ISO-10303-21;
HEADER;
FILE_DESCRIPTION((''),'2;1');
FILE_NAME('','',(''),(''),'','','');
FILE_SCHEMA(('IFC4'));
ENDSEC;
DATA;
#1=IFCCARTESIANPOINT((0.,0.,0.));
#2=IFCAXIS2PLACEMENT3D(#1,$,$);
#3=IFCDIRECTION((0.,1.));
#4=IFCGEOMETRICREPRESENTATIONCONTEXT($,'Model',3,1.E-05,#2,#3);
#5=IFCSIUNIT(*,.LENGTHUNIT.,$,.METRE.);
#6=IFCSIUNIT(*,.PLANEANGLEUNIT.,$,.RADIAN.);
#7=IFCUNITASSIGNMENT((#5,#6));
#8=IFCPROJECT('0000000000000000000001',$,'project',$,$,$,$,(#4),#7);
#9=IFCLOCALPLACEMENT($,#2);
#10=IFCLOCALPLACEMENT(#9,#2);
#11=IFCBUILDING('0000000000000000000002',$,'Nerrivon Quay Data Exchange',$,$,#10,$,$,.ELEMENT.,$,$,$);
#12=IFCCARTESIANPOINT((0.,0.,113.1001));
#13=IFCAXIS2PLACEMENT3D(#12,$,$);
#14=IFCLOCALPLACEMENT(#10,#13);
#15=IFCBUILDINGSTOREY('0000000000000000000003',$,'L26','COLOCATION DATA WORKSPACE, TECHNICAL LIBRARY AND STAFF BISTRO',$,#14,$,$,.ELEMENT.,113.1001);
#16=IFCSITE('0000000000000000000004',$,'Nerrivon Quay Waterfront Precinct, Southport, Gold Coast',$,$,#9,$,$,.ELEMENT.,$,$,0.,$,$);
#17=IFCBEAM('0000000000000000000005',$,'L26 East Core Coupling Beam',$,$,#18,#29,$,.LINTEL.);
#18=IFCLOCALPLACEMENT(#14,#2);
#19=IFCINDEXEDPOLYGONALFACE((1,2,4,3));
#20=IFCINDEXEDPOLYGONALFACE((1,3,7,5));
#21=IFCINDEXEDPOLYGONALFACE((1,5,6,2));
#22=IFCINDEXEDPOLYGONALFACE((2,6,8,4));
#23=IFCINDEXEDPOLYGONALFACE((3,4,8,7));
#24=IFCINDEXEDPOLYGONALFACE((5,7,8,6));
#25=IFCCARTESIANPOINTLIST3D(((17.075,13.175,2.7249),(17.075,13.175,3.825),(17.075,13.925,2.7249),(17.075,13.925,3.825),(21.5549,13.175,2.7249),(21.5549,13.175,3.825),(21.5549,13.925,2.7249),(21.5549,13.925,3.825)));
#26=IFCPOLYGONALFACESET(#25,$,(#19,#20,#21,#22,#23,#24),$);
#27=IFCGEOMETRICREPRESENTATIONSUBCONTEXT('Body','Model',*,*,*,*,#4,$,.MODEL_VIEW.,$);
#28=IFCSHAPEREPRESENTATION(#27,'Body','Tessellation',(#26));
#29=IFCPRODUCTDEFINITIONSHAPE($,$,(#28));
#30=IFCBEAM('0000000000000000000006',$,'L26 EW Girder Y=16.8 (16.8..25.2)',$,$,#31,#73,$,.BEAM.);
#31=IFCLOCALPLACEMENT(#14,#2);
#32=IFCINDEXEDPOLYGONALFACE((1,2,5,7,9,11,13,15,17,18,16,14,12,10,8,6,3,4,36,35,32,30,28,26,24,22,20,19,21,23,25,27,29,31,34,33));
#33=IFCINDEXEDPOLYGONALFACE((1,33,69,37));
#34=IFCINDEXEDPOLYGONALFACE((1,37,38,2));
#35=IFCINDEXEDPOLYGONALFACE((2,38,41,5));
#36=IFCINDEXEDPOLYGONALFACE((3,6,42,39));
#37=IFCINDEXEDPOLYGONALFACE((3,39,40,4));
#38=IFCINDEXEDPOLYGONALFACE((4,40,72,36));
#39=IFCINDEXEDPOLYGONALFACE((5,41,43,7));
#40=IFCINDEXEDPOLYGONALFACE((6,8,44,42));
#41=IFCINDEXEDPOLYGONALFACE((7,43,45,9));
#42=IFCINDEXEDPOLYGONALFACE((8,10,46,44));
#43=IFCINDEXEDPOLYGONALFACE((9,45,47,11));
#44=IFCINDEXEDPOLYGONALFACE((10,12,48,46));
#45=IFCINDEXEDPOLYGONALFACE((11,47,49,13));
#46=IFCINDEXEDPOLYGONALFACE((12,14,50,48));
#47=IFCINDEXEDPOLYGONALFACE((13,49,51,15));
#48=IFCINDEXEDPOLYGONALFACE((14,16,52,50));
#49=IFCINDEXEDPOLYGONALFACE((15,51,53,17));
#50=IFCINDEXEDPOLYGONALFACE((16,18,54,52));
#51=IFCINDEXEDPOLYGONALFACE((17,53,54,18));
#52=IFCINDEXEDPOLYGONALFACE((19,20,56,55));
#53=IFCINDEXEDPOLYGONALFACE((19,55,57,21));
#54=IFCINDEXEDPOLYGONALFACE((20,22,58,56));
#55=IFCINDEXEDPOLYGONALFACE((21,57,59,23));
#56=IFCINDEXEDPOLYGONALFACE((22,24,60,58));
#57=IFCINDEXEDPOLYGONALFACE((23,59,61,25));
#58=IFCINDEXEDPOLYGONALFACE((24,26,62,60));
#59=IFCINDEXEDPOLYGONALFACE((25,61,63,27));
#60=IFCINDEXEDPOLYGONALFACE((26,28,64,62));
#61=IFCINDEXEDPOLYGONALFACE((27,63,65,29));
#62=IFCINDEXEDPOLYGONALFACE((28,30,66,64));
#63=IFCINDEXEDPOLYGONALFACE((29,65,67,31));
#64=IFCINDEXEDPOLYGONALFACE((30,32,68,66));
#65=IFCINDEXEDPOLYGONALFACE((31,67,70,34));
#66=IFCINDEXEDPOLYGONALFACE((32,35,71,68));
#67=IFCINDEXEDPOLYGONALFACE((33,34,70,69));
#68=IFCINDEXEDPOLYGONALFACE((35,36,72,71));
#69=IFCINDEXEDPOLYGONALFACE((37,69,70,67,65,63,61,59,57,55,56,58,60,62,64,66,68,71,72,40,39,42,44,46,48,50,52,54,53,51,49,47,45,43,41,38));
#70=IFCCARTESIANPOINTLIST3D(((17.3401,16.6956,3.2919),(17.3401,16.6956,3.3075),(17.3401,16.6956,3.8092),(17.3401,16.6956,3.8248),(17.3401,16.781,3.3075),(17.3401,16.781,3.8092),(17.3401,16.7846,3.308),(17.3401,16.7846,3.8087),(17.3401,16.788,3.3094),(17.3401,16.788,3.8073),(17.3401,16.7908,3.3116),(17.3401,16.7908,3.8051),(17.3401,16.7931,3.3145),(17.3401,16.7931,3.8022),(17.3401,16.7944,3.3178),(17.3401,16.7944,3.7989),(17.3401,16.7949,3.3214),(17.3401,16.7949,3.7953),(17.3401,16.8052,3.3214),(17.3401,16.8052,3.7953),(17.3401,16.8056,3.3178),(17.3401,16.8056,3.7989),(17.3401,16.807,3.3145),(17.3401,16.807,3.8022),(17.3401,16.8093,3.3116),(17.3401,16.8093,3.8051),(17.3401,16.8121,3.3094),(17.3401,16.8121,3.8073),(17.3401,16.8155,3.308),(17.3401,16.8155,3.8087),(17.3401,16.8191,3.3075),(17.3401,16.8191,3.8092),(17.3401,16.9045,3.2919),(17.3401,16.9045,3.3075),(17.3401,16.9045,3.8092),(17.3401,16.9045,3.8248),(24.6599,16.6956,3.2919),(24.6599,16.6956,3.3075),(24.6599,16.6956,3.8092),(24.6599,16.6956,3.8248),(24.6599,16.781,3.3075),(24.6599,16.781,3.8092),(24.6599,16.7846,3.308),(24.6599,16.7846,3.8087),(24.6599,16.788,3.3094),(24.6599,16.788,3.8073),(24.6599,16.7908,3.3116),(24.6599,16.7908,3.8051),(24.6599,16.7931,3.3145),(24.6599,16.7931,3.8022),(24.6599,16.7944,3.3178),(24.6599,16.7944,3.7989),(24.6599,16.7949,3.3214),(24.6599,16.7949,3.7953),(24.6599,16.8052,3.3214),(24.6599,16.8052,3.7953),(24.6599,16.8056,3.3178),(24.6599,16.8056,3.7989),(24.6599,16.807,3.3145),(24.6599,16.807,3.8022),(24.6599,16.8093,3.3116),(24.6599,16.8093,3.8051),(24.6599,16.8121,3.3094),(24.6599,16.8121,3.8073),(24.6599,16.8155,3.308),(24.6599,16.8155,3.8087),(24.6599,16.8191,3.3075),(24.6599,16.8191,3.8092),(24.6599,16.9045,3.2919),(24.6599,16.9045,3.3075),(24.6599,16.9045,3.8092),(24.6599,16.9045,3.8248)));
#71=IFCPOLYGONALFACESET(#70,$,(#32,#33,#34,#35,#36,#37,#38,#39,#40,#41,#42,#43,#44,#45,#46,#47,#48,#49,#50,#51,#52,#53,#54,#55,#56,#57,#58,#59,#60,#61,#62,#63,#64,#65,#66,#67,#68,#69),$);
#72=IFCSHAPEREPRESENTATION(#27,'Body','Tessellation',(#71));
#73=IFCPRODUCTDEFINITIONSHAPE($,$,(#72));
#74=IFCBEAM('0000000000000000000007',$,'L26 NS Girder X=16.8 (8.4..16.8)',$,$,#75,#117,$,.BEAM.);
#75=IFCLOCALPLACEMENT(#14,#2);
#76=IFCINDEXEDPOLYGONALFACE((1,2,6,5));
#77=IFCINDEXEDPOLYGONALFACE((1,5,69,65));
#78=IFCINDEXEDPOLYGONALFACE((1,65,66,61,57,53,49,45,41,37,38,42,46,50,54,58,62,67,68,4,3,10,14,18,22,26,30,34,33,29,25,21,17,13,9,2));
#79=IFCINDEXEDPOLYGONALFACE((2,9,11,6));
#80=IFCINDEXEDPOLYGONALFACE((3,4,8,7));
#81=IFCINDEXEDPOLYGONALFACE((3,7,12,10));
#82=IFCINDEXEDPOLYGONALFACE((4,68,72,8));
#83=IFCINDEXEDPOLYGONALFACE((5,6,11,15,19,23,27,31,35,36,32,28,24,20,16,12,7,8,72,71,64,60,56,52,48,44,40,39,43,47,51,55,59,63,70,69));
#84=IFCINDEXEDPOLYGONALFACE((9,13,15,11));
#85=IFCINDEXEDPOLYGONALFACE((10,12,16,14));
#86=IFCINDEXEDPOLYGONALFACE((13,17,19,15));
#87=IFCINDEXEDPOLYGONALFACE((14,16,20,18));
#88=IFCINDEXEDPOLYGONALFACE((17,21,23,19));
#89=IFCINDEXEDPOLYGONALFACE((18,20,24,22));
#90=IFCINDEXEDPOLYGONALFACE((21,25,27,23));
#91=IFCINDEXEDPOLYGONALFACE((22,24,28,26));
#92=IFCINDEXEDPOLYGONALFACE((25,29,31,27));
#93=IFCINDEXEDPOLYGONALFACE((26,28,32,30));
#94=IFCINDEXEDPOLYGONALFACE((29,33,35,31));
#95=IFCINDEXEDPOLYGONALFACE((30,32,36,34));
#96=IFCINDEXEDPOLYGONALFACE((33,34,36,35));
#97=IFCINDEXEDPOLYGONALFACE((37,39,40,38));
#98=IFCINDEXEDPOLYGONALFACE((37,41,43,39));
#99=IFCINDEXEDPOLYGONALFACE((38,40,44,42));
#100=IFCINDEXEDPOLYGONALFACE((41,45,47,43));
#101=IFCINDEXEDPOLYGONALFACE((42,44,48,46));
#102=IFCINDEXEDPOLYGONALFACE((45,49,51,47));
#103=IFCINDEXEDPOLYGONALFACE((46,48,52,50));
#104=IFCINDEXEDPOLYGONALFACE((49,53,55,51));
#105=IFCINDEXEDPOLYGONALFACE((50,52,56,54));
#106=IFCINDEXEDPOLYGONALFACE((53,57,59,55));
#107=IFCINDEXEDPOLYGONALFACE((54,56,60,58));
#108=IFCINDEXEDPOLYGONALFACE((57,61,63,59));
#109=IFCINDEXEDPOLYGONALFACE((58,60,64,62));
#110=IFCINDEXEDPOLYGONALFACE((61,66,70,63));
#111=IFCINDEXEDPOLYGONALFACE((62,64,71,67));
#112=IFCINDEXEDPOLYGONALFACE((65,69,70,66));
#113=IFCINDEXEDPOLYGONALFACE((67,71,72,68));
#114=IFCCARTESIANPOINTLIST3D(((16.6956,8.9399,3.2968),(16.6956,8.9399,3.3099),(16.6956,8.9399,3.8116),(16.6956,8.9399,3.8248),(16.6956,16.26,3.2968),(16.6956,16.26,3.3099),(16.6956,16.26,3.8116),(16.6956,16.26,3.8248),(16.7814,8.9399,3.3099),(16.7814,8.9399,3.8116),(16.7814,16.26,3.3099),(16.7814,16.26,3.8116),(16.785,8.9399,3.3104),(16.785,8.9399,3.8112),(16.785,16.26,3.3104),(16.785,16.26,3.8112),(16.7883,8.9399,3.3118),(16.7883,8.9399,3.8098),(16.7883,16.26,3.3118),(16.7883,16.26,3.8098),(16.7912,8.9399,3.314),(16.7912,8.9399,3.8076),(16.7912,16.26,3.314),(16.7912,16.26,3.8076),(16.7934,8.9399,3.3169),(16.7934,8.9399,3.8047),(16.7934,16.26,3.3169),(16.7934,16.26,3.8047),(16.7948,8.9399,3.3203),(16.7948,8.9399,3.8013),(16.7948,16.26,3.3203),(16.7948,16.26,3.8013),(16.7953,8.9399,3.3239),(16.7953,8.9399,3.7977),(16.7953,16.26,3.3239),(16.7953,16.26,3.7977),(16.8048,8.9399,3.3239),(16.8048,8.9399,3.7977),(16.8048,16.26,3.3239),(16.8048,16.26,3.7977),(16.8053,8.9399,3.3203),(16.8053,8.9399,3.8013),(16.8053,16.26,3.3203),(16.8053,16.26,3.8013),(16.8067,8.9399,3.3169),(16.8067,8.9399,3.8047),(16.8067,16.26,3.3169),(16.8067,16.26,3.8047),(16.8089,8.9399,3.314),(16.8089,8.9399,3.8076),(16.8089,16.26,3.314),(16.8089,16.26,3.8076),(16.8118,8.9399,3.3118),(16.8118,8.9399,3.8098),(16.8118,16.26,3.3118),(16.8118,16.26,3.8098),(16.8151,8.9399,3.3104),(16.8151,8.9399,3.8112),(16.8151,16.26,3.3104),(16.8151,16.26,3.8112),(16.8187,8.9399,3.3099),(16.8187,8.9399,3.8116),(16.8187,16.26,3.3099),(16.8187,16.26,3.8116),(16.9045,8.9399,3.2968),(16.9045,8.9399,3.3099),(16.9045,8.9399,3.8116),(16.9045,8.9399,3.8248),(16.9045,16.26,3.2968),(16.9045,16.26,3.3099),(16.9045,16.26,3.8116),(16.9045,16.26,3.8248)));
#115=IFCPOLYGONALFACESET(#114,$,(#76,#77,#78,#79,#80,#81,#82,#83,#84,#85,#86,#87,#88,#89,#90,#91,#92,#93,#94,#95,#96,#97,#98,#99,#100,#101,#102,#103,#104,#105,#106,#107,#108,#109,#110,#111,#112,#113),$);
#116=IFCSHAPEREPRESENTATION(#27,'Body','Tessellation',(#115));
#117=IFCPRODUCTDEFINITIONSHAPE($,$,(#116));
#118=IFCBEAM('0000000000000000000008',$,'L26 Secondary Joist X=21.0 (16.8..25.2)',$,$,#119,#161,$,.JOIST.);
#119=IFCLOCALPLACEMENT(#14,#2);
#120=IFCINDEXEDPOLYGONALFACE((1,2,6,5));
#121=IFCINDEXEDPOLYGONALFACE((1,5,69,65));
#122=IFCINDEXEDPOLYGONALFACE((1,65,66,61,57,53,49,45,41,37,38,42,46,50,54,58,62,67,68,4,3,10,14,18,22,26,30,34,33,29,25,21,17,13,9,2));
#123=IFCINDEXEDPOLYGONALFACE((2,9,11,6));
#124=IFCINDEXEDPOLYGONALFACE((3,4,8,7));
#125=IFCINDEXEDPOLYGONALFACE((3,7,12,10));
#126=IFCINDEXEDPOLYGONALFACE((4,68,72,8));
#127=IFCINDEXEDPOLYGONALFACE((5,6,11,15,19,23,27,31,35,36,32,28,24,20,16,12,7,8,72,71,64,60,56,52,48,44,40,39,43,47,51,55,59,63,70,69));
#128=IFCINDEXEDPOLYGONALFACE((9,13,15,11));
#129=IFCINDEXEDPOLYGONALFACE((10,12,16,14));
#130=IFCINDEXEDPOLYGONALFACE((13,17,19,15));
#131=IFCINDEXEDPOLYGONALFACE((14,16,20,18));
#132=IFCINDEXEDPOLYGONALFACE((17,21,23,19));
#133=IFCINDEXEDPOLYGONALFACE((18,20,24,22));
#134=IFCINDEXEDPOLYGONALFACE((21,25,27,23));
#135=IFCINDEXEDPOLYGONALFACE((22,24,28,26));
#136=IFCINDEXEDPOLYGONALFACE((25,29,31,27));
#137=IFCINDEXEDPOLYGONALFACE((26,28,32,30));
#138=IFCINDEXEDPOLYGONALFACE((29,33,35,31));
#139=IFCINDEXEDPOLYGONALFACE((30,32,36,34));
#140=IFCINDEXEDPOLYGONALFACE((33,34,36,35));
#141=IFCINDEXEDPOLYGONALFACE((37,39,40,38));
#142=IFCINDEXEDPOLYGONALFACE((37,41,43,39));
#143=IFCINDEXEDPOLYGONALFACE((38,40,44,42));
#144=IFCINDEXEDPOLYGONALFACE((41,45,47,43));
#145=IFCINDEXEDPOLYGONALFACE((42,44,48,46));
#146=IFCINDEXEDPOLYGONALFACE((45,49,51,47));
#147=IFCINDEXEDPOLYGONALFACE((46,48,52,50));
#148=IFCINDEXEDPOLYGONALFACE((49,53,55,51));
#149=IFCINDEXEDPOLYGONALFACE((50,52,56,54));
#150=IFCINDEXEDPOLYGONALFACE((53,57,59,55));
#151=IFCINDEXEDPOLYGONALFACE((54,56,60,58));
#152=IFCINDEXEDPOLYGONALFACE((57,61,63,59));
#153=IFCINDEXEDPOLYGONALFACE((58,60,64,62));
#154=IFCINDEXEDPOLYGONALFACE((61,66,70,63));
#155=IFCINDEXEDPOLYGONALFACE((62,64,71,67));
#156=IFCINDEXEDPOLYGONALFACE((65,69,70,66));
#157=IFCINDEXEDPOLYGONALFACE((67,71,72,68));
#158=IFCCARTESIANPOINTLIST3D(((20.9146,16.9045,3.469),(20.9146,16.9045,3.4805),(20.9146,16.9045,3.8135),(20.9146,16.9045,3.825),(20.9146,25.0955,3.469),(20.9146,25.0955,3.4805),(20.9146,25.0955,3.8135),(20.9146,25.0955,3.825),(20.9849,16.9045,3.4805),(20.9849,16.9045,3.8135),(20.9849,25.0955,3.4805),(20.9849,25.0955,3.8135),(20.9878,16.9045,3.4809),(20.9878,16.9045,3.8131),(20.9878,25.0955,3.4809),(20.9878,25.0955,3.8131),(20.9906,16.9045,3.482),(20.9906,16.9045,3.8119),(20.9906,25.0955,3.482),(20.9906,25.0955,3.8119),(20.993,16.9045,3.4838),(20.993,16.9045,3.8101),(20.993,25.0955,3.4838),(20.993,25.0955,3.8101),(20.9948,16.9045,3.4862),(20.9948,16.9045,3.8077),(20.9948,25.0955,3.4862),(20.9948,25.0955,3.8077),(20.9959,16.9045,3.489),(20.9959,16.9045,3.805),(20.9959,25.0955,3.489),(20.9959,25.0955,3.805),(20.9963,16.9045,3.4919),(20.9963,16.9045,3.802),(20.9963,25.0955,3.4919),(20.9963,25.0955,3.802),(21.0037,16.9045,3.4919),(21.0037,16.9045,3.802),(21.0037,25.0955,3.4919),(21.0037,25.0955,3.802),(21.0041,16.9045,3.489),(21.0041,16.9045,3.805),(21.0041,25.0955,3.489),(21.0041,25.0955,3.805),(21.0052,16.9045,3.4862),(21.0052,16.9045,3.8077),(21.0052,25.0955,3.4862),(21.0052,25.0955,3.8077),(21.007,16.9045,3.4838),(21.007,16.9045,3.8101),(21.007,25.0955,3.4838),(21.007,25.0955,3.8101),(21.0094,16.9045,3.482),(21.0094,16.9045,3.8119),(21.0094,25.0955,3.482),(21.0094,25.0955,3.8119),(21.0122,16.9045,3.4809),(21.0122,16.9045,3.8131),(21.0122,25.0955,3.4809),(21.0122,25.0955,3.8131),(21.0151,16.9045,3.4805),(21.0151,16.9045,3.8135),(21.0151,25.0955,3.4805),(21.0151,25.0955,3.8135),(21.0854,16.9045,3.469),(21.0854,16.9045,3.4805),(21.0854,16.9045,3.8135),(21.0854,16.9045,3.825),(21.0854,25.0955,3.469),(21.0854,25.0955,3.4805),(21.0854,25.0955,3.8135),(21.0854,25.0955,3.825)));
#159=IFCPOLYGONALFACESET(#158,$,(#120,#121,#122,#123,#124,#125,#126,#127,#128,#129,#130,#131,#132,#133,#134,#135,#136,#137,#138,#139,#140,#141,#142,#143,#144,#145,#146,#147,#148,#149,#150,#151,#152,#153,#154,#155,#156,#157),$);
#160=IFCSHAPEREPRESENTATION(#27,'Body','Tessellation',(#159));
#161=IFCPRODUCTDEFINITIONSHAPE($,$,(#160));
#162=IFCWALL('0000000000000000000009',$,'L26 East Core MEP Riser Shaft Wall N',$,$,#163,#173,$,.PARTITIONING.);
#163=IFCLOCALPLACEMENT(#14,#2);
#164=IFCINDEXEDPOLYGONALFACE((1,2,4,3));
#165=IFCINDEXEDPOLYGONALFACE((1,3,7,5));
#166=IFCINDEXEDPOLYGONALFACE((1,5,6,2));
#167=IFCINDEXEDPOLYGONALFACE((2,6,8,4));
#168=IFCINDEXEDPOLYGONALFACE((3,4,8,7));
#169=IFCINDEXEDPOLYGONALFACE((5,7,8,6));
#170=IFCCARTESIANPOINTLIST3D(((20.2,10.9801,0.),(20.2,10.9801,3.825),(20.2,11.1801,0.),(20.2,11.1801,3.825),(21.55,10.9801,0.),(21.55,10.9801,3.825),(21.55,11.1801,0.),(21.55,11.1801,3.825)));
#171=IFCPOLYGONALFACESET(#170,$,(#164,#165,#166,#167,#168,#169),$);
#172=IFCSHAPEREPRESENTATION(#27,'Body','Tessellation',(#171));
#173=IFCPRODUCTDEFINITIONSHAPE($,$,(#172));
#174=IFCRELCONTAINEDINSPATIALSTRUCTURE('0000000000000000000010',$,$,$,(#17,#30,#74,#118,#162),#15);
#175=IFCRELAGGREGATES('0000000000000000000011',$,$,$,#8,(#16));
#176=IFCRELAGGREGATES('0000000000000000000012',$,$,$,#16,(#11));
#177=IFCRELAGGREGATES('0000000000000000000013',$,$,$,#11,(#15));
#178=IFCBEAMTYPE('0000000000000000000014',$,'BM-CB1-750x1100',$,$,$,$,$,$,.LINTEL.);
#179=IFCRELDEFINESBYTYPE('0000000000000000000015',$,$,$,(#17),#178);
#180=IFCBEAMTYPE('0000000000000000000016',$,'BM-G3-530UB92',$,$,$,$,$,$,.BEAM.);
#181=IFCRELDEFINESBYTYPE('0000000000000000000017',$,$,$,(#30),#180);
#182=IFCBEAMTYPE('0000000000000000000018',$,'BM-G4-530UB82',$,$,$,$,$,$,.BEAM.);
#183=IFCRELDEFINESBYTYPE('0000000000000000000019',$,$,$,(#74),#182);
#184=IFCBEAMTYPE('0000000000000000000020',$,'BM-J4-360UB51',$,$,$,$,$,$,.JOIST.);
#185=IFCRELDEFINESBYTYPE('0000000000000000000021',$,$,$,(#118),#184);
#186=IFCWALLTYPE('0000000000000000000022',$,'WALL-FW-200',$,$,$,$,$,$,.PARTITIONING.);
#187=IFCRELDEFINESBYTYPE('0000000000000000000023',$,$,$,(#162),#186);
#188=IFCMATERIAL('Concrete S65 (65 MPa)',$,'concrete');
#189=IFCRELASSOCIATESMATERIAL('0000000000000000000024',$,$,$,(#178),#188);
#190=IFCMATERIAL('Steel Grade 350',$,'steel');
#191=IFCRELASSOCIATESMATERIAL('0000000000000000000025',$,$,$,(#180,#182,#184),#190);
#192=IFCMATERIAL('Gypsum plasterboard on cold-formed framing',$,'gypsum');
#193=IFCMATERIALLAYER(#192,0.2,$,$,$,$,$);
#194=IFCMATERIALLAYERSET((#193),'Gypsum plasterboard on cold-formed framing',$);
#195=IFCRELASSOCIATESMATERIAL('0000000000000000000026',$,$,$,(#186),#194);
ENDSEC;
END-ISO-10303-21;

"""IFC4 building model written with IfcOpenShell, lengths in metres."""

from ifc_helpers import new_model, si_unit, direction, frame, frame_2d, origin, origin_2d, place, context, subcontext, project, spatial, rectangle, i_section, extrude, material, layer, layer_set, material_profile, profile_set, type_object, element, save


model = new_model("IFC4")

# Units and contexts
model_context = context("Model", 3, precision=1e-05, world=origin(), true_north=direction((0.0, 1.0)))
body_context = subcontext(model_context, "Body", "Model", "MODEL_VIEW")
ifc_project = project(units=[si_unit("LENGTHUNIT", "METRE"), si_unit("PLANEANGLEUNIT", "RADIAN")], contexts=[model_context])

# Site, building, storey
site_placement = place(None, origin())
site = spatial("IfcSite", under=ifc_project, at=site_placement, Name="Nerrivon Quay Waterfront Precinct, Southport, Gold Coast", CompositionType="ELEMENT", RefElevation=0.0)
building_placement = place(site_placement, origin())
building = spatial("IfcBuilding", under=site, at=building_placement, Name="Nerrivon Quay Data Exchange", CompositionType="ELEMENT")
storey_placement = place(building_placement, frame((0.0, 0.0, 113.1001)))
storey = spatial("IfcBuildingStorey", under=building, at=storey_placement, Name="L26", Description="COLOCATION DATA WORKSPACE, TECHNICAL LIBRARY AND STAFF BISTRO", CompositionType="ELEMENT", Elevation=113.1001)

# Beams
ifc_material_1 = material(Name="Concrete S65 (65 MPa)", Category="concrete")
ifc_material_profile_1 = material_profile(ifc_material_1, rectangle(XDim=0.75, YDim=1.1001, at=origin_2d()), Name="RC-CB-750x1100")
ifc_profile_set_1 = profile_set([ifc_material_profile_1], Name="Concrete S65 (65 MPa)")
beam_type_1 = type_object("IfcBeamType", Name="BM-CB1-750x1100", PredefinedType="LINTEL", material=ifc_profile_set_1)
beam_1_placement = place(storey_placement, frame((17.075, 13.55, 3.2749), z_axis=(1.0, 0.0, 0.0), x_axis=(0.0, 1.0, 0.0)))
element("IfcBeam", 1, at=beam_1_placement, inside=storey, type_object=beam_type_1, Name="L26 East Core Coupling Beam", PredefinedType="LINTEL", context=body_context, shape_type="SweptSolid", body=[
    extrude(rectangle(XDim=0.75, YDim=1.1001, at=origin_2d()), origin(), (0.0, 0.0, 1.0), 4.48),
])
ifc_material_2 = material(Name="Steel Grade 350", Category="steel")
ifc_material_profile_2 = material_profile(ifc_material_2, i_section(OverallWidth=0.209, OverallDepth=0.533, WebThickness=0.0103, FlangeThickness=0.0156, FilletRadius=0.0139, at=origin_2d()), Name="530UB92.4")
ifc_profile_set_2 = profile_set([ifc_material_profile_2], Name="Steel Grade 350")
beam_type_2 = type_object("IfcBeamType", Name="BM-G3-530UB92", PredefinedType="BEAM", material=ifc_profile_set_2)
beam_2_placement = place(storey_placement, frame((17.3401, 16.8, 3.5583), z_axis=(1.0, 0.0, 0.0), x_axis=(0.0, 1.0, 0.0)))
element("IfcBeam", 2, at=beam_2_placement, inside=storey, type_object=beam_type_2, Name="L26 EW Girder Y=16.8 (16.8..25.2)", PredefinedType="BEAM", context=body_context, shape_type="SweptSolid", body=[
    extrude(i_section(OverallWidth=0.209, OverallDepth=0.533, WebThickness=0.0103, FlangeThickness=0.0156, FilletRadius=0.0139, at=origin_2d()), origin(), (0.0, 0.0, 1.0), 7.3198),
])
ifc_material_profile_3 = material_profile(ifc_material_2, i_section(OverallWidth=0.209, OverallDepth=0.5281, WebThickness=0.0095, FlangeThickness=0.0132, FilletRadius=0.0139, at=origin_2d()), Name="530UB82.0")
ifc_profile_set_3 = profile_set([ifc_material_profile_3], Name="Steel Grade 350")
beam_type_3 = type_object("IfcBeamType", Name="BM-G4-530UB82", PredefinedType="BEAM", material=ifc_profile_set_3)
beam_3_placement = place(storey_placement, frame((16.8, 8.9399, 3.5608), z_axis=(0.0, 1.0, 0.0), x_axis=(-1.0, 0.0, 0.0)))
element("IfcBeam", 3, at=beam_3_placement, inside=storey, type_object=beam_type_3, Name="L26 NS Girder X=16.8 (8.4..16.8)", PredefinedType="BEAM", context=body_context, shape_type="SweptSolid", body=[
    extrude(i_section(OverallWidth=0.209, OverallDepth=0.5281, WebThickness=0.0095, FlangeThickness=0.0132, FilletRadius=0.0139, at=origin_2d()), origin(), (0.0, 0.0, 1.0), 7.3201),
])
ifc_material_profile_4 = material_profile(ifc_material_2, i_section(OverallWidth=0.1709, OverallDepth=0.356, WebThickness=0.0073, FlangeThickness=0.0115, FilletRadius=0.0115, at=origin_2d()), Name="360UB50.7")
ifc_profile_set_4 = profile_set([ifc_material_profile_4], Name="Steel Grade 350")
beam_type_4 = type_object("IfcBeamType", Name="BM-J4-360UB51", PredefinedType="JOIST", material=ifc_profile_set_4)
beam_4_placement = place(storey_placement, frame((21.0, 16.9045, 3.647), z_axis=(0.0, 1.0, 0.0), x_axis=(-1.0, 0.0, 0.0)))
element("IfcBeam", 4, at=beam_4_placement, inside=storey, type_object=beam_type_4, Name="L26 Secondary Joist X=21.0 (16.8..25.2)", PredefinedType="JOIST", context=body_context, shape_type="SweptSolid", body=[
    extrude(i_section(OverallWidth=0.1709, OverallDepth=0.356, WebThickness=0.0073, FlangeThickness=0.0115, FilletRadius=0.0115, at=origin_2d()), origin(), (0.0, 0.0, 1.0), 8.1909),
])

# Wall
ifc_material_3 = material(Name="Gypsum plasterboard on cold-formed framing", Category="gypsum")
ifc_layer_1 = layer(ifc_material_3, 0.2)
ifc_layer_set_1 = layer_set([ifc_layer_1], Name="Gypsum plasterboard on cold-formed framing")
wall_type_1 = type_object("IfcWallType", Name="WALL-FW-200", PredefinedType="PARTITIONING", material=ifc_layer_set_1)
wall_1_placement = place(storey_placement, frame((20.2, 11.0801, 0.0), z_axis=(0.0, 0.0, 1.0), x_axis=(1.0, 0.0, 0.0)))
element("IfcWall", 5, at=wall_1_placement, inside=storey, type_object=wall_type_1, Name="L26 East Core MEP Riser Shaft Wall N", PredefinedType="PARTITIONING", context=body_context, shape_type="SweptSolid", body=[
    extrude(rectangle(XDim=1.3501, YDim=0.2, at=frame_2d((0.675, 0.0))), origin(), (0.0, 0.0, 1.0), 3.825),
])

save(model, "model.ifc")
